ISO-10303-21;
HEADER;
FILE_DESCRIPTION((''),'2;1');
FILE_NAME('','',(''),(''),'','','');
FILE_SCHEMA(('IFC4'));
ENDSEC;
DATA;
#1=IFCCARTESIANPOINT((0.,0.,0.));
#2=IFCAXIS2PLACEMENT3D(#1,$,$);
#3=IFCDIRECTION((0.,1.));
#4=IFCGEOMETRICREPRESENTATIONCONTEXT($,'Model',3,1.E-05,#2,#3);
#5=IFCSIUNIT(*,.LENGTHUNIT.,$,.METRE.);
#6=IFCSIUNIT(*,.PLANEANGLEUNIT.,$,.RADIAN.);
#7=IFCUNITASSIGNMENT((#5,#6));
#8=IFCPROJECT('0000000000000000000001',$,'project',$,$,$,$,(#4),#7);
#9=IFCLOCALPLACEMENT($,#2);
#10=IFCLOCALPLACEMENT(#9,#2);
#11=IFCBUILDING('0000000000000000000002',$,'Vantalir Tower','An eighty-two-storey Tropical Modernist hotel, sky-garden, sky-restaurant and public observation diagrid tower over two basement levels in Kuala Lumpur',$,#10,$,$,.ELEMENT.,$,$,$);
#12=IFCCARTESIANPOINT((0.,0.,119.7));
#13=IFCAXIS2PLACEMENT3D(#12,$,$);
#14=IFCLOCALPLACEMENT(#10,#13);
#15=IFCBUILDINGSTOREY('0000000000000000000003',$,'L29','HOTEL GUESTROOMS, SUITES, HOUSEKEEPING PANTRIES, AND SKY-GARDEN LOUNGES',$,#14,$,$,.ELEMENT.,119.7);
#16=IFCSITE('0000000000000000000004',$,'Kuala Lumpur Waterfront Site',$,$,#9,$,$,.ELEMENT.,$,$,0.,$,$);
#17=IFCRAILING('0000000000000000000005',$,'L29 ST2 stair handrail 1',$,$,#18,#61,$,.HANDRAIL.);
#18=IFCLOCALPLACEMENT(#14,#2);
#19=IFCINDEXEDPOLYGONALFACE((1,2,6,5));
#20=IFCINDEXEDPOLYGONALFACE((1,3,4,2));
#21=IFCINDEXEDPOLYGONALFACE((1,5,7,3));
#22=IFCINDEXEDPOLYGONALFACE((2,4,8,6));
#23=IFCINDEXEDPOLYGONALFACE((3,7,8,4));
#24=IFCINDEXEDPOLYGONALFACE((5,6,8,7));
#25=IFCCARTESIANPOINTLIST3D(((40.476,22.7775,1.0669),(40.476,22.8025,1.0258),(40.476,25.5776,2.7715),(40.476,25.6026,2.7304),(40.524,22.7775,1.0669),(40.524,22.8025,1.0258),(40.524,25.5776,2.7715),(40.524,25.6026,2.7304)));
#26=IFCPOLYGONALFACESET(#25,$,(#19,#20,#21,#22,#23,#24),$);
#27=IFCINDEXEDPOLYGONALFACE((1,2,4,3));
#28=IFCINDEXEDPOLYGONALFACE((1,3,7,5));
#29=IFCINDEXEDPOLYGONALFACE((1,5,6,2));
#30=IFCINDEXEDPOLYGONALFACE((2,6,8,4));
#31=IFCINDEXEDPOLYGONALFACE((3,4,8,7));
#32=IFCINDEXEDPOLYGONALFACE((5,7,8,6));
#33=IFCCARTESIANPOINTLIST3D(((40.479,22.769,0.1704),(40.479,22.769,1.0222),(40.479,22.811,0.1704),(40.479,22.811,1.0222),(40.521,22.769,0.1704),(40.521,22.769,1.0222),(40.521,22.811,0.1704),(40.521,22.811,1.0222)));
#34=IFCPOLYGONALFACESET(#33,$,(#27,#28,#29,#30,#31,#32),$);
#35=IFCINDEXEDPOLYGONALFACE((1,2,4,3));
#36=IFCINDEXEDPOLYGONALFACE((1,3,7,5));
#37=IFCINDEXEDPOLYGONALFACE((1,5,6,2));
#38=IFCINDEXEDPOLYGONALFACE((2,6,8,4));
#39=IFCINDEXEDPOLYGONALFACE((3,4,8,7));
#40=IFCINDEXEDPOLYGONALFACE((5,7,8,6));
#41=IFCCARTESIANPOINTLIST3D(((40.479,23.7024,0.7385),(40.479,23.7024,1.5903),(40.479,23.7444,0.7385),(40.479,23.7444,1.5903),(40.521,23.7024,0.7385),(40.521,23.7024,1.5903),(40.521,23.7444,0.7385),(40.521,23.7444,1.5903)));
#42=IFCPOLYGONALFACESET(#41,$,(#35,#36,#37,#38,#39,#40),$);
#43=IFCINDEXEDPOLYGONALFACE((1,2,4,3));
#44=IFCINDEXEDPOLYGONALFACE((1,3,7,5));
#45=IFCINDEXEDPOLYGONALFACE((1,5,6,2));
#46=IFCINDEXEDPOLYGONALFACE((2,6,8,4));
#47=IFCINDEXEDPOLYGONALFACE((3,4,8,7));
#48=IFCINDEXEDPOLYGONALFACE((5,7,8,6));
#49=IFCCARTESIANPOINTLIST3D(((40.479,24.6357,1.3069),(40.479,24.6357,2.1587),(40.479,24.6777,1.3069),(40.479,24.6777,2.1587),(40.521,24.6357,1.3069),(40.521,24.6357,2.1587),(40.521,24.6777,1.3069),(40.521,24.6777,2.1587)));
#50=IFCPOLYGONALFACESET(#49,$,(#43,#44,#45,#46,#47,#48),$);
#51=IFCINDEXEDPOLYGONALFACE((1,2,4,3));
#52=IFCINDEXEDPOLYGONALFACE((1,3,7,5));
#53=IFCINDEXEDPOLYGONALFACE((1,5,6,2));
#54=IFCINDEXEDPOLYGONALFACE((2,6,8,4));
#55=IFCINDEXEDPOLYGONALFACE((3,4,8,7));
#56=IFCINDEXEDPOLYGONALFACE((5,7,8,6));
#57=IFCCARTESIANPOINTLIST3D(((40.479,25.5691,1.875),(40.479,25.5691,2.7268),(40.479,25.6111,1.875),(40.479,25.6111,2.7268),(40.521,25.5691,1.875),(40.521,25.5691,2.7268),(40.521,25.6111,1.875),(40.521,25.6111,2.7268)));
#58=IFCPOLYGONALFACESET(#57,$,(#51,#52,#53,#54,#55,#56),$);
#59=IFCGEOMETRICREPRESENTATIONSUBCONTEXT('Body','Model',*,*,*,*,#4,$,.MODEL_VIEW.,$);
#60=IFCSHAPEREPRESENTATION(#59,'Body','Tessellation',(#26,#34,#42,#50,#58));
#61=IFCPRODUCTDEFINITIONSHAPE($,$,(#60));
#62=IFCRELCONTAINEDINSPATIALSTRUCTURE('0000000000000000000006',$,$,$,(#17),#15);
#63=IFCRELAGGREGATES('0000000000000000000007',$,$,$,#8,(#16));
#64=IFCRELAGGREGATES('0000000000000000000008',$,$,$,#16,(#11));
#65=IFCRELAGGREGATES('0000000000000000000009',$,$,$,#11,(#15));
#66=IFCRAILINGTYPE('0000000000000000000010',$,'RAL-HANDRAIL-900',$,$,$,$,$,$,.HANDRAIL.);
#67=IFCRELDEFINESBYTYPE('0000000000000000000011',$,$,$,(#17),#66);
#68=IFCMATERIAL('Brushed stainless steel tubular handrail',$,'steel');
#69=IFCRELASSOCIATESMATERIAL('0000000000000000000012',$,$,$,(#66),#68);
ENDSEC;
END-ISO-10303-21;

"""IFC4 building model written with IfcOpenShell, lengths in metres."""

from ifc_helpers import new_model, si_unit, direction, frame, origin, origin_2d, place, context, subcontext, project, spatial, rectangle, extrude, material, type_object, element, save


model = new_model("IFC4")

# Units and contexts
model_context = context("Model", 3, precision=1e-05, world=origin(), true_north=direction((0.0, 1.0)))
body_context = subcontext(model_context, "Body", "Model", "MODEL_VIEW")
ifc_project = project(units=[si_unit("LENGTHUNIT", "METRE"), si_unit("PLANEANGLEUNIT", "RADIAN")], contexts=[model_context])

# Site, building, storey
site_placement = place(None, origin())
site = spatial("IfcSite", under=ifc_project, at=site_placement, Name="Kuala Lumpur Waterfront Site", CompositionType="ELEMENT", RefElevation=0.0)
building_placement = place(site_placement, origin())
building = spatial("IfcBuilding", under=site, at=building_placement, Name="Vantalir Tower", Description="An eighty-two-storey Tropical Modernist hotel, sky-garden, sky-restaurant and public observation diagrid tower over two basement levels in Kuala Lumpur", CompositionType="ELEMENT")
storey_placement = place(building_placement, frame((0.0, 0.0, 119.7)))
storey = spatial("IfcBuildingStorey", under=building, at=storey_placement, Name="L29", Description="HOTEL GUESTROOMS, SUITES, HOUSEKEEPING PANTRIES, AND SKY-GARDEN LOUNGES", CompositionType="ELEMENT", Elevation=119.7)

# Railing
ifc_material_1 = material(Name="Brushed stainless steel tubular handrail", Category="steel")
railing_type_1 = type_object("IfcRailingType", Name="RAL-HANDRAIL-900", PredefinedType="HANDRAIL", material=ifc_material_1)
railing_1_placement = place(storey_placement, frame((40.5, 22.79, 0.1704)))
element("IfcRailing", 1, at=railing_1_placement, inside=storey, type_object=railing_type_1, Name="L29 ST2 stair handrail 1", PredefinedType="HANDRAIL", context=body_context, shape_type="SweptSolid", body=[
    extrude(rectangle(XDim=0.0481, YDim=0.0481, at=origin_2d()), frame((0.0, 0.0, 0.876), z_axis=(0.0, 0.85417, 0.519994), x_axis=(-1.0, 0.0, 0.0)), (0.0, 0.0, 1.0), 3.2781),
    extrude(rectangle(XDim=0.042, YDim=0.042, at=origin_2d()), origin(), (0.0, 0.0, 1.0), 0.8518),
    extrude(rectangle(XDim=0.042, YDim=0.042, at=origin_2d()), frame((0.0, 0.9333, 0.5681)), (0.0, 0.0, 1.0), 0.8518),
    extrude(rectangle(XDim=0.042, YDim=0.042, at=origin_2d()), frame((0.0, 1.8667, 1.1365)), (0.0, 0.0, 1.0), 0.8518),
    extrude(rectangle(XDim=0.042, YDim=0.042, at=origin_2d()), frame((0.0, 2.8, 1.7046)), (0.0, 0.0, 1.0), 0.8518),
])

save(model, "model.ifc")
